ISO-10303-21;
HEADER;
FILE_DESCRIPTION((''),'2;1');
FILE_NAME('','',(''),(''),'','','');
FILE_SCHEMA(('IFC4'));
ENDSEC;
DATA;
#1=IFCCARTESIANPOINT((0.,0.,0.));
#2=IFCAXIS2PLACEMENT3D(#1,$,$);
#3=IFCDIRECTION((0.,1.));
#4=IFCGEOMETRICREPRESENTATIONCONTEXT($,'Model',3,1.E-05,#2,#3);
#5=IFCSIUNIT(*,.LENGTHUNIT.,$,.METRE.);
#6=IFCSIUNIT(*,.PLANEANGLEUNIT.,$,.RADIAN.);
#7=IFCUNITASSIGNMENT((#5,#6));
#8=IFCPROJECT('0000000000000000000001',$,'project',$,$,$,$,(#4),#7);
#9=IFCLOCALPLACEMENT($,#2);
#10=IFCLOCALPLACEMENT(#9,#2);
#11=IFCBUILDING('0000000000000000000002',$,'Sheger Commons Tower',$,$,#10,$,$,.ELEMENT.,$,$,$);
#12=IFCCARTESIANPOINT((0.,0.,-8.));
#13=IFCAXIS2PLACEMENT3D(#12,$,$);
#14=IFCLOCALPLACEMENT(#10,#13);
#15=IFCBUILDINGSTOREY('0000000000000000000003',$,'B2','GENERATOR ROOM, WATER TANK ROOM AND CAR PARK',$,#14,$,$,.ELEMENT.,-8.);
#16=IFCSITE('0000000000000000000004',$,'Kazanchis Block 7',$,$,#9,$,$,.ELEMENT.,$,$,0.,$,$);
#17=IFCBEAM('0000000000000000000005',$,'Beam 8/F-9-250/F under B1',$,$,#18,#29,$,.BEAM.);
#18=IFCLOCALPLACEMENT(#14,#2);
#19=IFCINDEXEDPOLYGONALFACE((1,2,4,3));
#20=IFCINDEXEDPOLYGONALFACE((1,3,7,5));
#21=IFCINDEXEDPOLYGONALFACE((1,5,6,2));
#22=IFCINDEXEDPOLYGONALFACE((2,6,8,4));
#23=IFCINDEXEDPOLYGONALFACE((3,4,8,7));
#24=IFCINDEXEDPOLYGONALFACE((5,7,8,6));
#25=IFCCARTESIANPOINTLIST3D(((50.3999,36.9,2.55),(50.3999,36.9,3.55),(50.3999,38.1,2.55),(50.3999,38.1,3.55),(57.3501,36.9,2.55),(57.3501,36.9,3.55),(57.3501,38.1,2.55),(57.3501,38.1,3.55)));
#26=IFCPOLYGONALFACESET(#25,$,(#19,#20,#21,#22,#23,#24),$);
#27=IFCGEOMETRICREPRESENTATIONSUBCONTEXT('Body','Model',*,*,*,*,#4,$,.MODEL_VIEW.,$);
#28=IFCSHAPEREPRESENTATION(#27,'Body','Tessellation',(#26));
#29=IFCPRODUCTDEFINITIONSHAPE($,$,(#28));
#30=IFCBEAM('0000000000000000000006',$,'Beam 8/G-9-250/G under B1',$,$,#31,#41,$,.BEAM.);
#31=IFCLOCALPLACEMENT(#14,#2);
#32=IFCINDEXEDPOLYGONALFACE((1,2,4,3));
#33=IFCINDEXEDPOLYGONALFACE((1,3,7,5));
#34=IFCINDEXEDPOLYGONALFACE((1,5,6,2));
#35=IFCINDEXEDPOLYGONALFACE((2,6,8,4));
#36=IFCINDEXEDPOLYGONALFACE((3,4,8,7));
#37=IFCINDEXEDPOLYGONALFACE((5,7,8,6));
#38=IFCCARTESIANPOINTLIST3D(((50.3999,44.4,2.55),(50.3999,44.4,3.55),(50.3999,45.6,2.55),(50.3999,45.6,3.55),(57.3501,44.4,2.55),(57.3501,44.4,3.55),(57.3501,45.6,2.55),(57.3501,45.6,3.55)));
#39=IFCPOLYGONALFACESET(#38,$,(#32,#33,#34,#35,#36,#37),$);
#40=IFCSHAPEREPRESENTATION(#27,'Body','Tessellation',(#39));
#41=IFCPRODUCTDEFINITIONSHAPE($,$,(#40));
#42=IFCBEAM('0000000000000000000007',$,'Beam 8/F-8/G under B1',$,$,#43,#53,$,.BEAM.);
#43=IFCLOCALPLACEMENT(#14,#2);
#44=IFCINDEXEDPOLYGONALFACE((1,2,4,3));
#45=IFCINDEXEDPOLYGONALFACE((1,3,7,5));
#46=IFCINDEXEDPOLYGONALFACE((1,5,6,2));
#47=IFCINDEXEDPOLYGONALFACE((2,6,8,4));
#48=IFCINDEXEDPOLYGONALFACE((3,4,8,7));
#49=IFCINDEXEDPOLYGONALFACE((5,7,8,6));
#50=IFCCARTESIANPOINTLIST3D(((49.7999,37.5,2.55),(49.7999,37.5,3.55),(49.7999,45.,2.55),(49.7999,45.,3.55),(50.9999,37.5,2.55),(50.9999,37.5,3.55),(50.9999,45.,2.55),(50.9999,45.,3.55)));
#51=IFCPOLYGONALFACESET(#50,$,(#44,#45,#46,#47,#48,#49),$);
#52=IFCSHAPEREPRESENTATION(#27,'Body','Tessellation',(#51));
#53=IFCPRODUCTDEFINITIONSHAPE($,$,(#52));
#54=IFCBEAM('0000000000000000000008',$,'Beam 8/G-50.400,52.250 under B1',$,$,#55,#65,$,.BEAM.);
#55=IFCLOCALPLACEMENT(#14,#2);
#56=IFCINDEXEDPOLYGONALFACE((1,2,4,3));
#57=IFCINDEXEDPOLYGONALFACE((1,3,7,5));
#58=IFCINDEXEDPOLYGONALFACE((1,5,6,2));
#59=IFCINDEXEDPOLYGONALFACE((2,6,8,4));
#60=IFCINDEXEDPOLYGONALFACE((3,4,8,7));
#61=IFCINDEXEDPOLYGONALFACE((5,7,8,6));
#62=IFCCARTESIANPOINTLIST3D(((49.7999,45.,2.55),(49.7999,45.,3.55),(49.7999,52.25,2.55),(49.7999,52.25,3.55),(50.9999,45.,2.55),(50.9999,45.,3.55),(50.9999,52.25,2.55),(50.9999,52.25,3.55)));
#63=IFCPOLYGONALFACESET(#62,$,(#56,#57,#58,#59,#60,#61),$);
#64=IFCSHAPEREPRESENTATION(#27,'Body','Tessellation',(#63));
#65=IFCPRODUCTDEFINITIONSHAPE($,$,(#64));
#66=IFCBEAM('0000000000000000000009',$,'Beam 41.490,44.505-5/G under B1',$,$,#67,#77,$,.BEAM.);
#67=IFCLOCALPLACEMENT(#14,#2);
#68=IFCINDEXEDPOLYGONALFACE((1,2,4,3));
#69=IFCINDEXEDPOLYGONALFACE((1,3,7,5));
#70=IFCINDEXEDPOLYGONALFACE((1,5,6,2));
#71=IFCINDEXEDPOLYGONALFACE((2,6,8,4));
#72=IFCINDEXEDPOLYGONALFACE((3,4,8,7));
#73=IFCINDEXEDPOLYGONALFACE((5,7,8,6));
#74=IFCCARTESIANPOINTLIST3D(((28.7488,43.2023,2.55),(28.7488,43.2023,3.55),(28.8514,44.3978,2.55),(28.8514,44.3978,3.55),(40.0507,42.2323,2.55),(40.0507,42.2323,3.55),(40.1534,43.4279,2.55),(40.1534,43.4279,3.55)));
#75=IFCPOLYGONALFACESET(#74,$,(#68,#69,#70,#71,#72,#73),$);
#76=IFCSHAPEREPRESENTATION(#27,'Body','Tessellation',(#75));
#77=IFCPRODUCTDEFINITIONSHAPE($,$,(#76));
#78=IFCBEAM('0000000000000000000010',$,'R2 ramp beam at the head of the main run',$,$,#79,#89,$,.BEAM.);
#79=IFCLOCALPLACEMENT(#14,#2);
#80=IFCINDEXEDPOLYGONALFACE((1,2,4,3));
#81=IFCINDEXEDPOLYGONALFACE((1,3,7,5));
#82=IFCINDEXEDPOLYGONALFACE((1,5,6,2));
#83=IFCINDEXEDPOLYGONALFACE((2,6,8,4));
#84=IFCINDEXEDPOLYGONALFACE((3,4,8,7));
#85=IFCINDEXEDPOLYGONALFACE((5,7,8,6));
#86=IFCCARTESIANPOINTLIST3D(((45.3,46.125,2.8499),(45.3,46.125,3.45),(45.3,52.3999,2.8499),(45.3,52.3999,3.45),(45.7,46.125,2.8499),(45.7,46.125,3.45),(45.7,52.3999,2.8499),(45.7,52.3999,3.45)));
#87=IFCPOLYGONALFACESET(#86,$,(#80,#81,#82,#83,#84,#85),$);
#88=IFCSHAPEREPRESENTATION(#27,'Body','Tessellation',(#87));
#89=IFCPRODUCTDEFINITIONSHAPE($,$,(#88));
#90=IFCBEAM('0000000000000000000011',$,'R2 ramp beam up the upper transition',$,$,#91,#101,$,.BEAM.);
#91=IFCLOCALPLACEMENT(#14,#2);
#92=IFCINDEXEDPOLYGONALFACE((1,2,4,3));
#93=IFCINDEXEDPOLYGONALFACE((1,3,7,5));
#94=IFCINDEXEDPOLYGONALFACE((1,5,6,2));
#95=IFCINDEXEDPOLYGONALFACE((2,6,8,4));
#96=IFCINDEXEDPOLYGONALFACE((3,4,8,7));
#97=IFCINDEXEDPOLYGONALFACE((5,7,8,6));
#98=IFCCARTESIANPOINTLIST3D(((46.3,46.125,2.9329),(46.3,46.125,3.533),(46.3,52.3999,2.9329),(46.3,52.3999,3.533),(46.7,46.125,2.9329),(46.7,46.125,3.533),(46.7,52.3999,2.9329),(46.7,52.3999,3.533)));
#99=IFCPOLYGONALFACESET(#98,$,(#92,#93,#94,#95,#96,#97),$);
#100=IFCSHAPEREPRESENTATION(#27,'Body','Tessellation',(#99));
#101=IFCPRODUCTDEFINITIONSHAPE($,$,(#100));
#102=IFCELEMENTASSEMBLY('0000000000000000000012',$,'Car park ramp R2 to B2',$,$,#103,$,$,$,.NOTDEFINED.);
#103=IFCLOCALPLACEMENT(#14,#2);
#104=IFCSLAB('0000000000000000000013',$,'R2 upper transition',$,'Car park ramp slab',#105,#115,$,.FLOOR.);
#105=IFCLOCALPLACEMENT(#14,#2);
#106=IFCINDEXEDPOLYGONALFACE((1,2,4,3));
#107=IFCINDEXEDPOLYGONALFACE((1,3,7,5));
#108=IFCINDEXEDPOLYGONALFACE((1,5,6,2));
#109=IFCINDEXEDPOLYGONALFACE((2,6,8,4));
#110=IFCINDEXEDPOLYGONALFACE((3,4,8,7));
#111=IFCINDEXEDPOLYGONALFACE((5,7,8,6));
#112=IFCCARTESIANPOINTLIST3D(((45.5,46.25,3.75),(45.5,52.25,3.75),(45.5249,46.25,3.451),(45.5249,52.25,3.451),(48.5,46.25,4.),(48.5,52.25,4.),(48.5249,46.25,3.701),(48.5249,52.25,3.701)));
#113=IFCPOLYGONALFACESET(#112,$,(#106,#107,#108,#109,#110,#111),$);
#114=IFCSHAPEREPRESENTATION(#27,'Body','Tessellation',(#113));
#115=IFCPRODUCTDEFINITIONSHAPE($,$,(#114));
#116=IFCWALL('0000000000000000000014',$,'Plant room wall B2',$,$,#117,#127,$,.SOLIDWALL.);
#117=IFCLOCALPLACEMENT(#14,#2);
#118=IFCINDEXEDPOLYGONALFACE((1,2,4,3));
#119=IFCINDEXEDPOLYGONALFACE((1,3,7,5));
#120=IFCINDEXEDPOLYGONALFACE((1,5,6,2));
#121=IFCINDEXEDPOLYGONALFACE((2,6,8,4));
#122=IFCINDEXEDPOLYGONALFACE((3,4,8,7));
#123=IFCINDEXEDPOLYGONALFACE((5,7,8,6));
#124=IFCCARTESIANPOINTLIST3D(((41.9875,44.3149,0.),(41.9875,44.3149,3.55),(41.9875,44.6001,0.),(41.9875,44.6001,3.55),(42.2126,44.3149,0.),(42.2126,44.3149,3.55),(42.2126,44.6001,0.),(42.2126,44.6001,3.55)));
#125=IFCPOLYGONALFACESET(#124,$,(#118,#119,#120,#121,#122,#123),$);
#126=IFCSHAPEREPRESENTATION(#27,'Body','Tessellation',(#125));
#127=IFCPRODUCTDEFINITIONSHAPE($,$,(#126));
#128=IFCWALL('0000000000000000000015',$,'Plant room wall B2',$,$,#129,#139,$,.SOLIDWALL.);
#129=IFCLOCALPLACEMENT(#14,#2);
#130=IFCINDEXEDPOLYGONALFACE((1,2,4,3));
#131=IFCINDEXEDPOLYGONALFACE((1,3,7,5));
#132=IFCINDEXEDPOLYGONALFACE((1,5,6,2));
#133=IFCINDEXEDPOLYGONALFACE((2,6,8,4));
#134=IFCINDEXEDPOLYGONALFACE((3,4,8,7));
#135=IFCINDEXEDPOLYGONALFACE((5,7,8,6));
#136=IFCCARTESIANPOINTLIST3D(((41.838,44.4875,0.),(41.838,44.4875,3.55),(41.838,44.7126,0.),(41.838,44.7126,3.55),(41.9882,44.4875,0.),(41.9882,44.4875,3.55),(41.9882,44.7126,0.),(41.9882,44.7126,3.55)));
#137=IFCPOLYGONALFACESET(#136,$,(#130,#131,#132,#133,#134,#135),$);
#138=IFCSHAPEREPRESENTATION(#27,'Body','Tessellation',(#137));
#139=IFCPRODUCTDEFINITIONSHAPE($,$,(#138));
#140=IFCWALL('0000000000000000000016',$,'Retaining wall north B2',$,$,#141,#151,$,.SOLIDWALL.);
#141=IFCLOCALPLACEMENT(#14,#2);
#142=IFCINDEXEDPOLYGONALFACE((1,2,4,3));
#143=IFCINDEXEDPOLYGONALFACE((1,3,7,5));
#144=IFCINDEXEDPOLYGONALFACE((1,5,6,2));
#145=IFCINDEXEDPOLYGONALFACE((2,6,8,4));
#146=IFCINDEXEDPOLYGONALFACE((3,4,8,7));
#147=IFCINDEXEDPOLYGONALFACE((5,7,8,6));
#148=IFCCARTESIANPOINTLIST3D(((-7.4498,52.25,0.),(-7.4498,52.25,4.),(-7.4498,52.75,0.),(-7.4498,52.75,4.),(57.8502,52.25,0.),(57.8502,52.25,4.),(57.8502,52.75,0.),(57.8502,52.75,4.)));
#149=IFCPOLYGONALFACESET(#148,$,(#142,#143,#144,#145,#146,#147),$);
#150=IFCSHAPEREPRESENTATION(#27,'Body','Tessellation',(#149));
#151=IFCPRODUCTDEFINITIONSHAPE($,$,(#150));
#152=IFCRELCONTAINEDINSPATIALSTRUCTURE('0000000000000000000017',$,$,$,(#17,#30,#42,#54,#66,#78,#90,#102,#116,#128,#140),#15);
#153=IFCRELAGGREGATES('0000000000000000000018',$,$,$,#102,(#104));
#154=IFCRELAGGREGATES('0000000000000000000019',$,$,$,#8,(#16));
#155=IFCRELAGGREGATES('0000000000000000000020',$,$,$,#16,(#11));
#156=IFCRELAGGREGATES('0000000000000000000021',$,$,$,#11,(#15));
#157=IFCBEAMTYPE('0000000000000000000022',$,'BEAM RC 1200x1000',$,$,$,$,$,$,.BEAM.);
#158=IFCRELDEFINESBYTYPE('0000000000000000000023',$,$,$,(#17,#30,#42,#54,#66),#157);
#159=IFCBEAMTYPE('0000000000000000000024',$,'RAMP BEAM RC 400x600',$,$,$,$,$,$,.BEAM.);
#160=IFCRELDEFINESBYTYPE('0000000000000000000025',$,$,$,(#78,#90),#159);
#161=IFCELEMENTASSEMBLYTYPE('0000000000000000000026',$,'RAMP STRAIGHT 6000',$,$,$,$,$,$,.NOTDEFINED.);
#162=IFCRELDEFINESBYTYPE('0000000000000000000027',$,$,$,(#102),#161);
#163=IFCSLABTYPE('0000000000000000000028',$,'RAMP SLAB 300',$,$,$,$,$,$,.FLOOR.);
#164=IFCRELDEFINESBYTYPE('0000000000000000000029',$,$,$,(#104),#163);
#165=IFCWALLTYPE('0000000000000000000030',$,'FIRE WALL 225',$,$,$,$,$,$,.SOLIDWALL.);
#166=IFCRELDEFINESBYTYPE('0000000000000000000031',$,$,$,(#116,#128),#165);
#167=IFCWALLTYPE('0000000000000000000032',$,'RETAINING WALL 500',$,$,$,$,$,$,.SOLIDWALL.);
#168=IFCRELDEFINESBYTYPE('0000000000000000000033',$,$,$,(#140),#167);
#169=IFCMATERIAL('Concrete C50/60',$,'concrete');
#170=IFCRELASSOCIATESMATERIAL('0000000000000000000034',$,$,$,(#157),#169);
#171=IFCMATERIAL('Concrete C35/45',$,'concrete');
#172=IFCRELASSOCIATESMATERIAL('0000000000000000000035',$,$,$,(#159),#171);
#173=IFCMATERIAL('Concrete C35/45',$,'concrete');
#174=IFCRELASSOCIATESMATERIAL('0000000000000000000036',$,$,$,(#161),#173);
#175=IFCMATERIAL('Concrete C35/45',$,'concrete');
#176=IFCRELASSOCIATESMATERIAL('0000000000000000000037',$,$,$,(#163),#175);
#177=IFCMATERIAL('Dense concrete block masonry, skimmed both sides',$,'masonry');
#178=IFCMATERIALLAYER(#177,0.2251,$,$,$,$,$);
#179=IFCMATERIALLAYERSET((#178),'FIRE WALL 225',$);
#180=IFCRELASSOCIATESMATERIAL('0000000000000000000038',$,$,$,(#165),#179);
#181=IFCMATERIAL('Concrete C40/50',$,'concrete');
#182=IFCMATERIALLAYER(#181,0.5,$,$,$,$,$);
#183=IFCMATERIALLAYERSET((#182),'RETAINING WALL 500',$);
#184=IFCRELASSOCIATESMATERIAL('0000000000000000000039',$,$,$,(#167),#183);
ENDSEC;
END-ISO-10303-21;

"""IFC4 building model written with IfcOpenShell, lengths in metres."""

from ifc_helpers import new_model, si_unit, direction, frame, frame_2d, origin, origin_2d, place, context, subcontext, project, spatial, polyline, rectangle, outline, extrude, material, layer, layer_set, material_profile, profile_set, type_object, element, aggregate, save


model = new_model("IFC4")

# Units and contexts
model_context = context("Model", 3, precision=1e-05, world=origin(), true_north=direction((0.0, 1.0)))
body_context = subcontext(model_context, "Body", "Model", "MODEL_VIEW")
ifc_project = project(units=[si_unit("LENGTHUNIT", "METRE"), si_unit("PLANEANGLEUNIT", "RADIAN")], contexts=[model_context])

# Site, building, storey
site_placement = place(None, origin())
site = spatial("IfcSite", under=ifc_project, at=site_placement, Name="Kazanchis Block 7", CompositionType="ELEMENT", RefElevation=0.0)
building_placement = place(site_placement, origin())
building = spatial("IfcBuilding", under=site, at=building_placement, Name="Sheger Commons Tower", CompositionType="ELEMENT")
storey_placement = place(building_placement, frame((0.0, 0.0, -8.0)))
storey = spatial("IfcBuildingStorey", under=building, at=storey_placement, Name="B2", Description="GENERATOR ROOM, WATER TANK ROOM AND CAR PARK", CompositionType="ELEMENT", Elevation=-8.0)

# Beams
ifc_material_1 = material(Name="Concrete C50/60", Category="concrete")
ifc_material_profile_1 = material_profile(ifc_material_1, rectangle(XDim=1.2, YDim=1.0, at=origin_2d()), Name="RC 1200x1000")
ifc_profile_set_1 = profile_set([ifc_material_profile_1], Name="Concrete C50/60")
beam_type_1 = type_object("IfcBeamType", Name="BEAM RC 1200x1000", PredefinedType="BEAM", material=ifc_profile_set_1)
for number, where, z_axis, x_axis, name in (
    (1, (50.3999, 37.5, 3.05), (1.0, 0.0, 0.0), (0.0, 1.0, 0.0), "Beam 8/F-9-250/F under B1"),
    (2, (50.3999, 45.0, 3.05), (1.0, 0.0, 0.0), (0.0, 1.0, 0.0), "Beam 8/G-9-250/G under B1"),
):
    element("IfcBeam", number, at=place(storey_placement, frame(where, z_axis=z_axis, x_axis=x_axis)), inside=storey, type_object=beam_type_1, Name=name, PredefinedType="BEAM", context=body_context, shape_type="SweptSolid", body=[
        extrude(rectangle(XDim=1.2, YDim=1.0, at=origin_2d()), origin(), (0.0, 0.0, 1.0), 6.9502),
    ])
beam_1_placement = place(storey_placement, frame((50.3999, 37.5, 3.05), z_axis=(0.0, 1.0, 0.0), x_axis=(-1.0, 0.0, 0.0)))
element("IfcBeam", 3, at=beam_1_placement, inside=storey, type_object=beam_type_1, Name="Beam 8/F-8/G under B1", PredefinedType="BEAM", context=body_context, shape_type="SweptSolid", body=[
    extrude(rectangle(XDim=1.2, YDim=1.0, at=origin_2d()), origin(), (0.0, 0.0, 1.0), 7.5),
])
beam_2_placement = place(storey_placement, frame((50.3999, 45.0, 3.05), z_axis=(0.0, 1.0, 0.0), x_axis=(-1.0, 0.0, 0.0)))
element("IfcBeam", 4, at=beam_2_placement, inside=storey, type_object=beam_type_1, Name="Beam 8/G-50.400,52.250 under B1", PredefinedType="BEAM", context=body_context, shape_type="SweptSolid", body=[
    extrude(rectangle(XDim=1.2, YDim=1.0, at=origin_2d()), origin(), (0.0, 0.0, 1.0), 7.25),
])
beam_3_placement = place(storey_placement, frame((40.1021, 42.8301, 3.05), z_axis=(-0.996337, 0.085509, 0.0), x_axis=(-0.085509, -0.996337, 0.0)))
element("IfcBeam", 5, at=beam_3_placement, inside=storey, type_object=beam_type_1, Name="Beam 41.490,44.505-5/G under B1", PredefinedType="BEAM", context=body_context, shape_type="SweptSolid", body=[
    extrude(rectangle(XDim=1.2, YDim=1.0, at=origin_2d()), origin(), (0.0, 0.0, 1.0), 11.3435),
])
ifc_material_2 = material(Name="Concrete C35/45", Category="concrete")
ifc_material_profile_2 = material_profile(ifc_material_2, rectangle(XDim=0.3999, YDim=0.6001, at=origin_2d()), Name="RC 400x600")
ifc_profile_set_2 = profile_set([ifc_material_profile_2], Name="Concrete C35/45")
beam_type_2 = type_object("IfcBeamType", Name="RAMP BEAM RC 400x600", PredefinedType="BEAM", material=ifc_profile_set_2)
for number, where, z_axis, x_axis, name in (
    (6, (45.5, 52.3999, 3.1499), (0.0, -1.0, 0.0), (1.0, 0.0, 0.0), "R2 ramp beam at the head of the main run"),
    (7, (46.5, 52.3999, 3.2329), (0.0, -1.0, 0.0), (1.0, 0.0, 0.0), "R2 ramp beam up the upper transition"),
):
    element("IfcBeam", number, at=place(storey_placement, frame(where, z_axis=z_axis, x_axis=x_axis)), inside=storey, type_object=beam_type_2, Name=name, PredefinedType="BEAM", context=body_context, shape_type="SweptSolid", body=[
        extrude(rectangle(XDim=0.3999, YDim=0.6001, at=origin_2d()), origin(), (0.0, 0.0, 1.0), 6.2749),
    ])

# Element assembly, slab
ifc_material_3 = material(Name="Concrete C35/45", Category="concrete")
element_assembly_type = type_object("IfcElementAssemblyType", Name="RAMP STRAIGHT 6000", PredefinedType="NOTDEFINED", material=ifc_material_3)
assembly_placement = place(storey_placement, origin())
assembly = element("IfcElementAssembly", 8, at=assembly_placement, inside=storey, type_object=element_assembly_type, Name="Car park ramp R2 to B2", PredefinedType="NOTDEFINED")
ifc_material_4 = material(Name="Concrete C35/45", Category="concrete")
slab_type = type_object("IfcSlabType", Name="RAMP SLAB 300", PredefinedType="FLOOR", material=ifc_material_4)
slab_placement = place(storey_placement, frame((45.5, 46.25, 3.75), z_axis=(-0.083045, 0.0, 0.996546), x_axis=(0.0, 1.0, 0.0)))
slab = element("IfcSlab", 9, at=slab_placement, type_object=slab_type, Name="R2 upper transition", ObjectType="Car park ramp slab", PredefinedType="FLOOR", context=body_context, shape_type="SweptSolid", body=[
    extrude(outline(polyline([(0.0, 0.0), (6.0, 0.0), (6.0, -3.0104), (0.0, -3.0104), (0.0, 0.0)])), origin(), (0.0, 0.0, -1.0), 0.3),
])
aggregate(assembly, [slab])

# Walls
ifc_material_5 = material(Name="Dense concrete block masonry, skimmed both sides", Category="masonry")
ifc_layer_1 = layer(ifc_material_5, 0.2251)
ifc_layer_set_1 = layer_set([ifc_layer_1], Name="FIRE WALL 225")
wall_type_1 = type_object("IfcWallType", Name="FIRE WALL 225", PredefinedType="SOLIDWALL", material=ifc_layer_set_1)
wall_1_placement = place(storey_placement, frame((42.1001, 44.3149, 0.0), z_axis=(0.0, 0.0, 1.0), x_axis=(0.0, 1.0, 0.0)))
element("IfcWall", 10, at=wall_1_placement, inside=storey, type_object=wall_type_1, Name="Plant room wall B2", PredefinedType="SOLIDWALL", context=body_context, shape_type="SweptSolid", body=[
    extrude(rectangle(XDim=0.2852, YDim=0.2251, at=frame_2d((0.1426, 0.0))), origin(), (0.0, 0.0, 1.0), 3.55),
])
wall_2_placement = place(storey_placement, frame((41.8379, 44.6001, 0.0), z_axis=(0.0, 0.0, 1.0), x_axis=(1.0, 0.0, 0.0)))
element("IfcWall", 11, at=wall_2_placement, inside=storey, type_object=wall_type_1, Name="Plant room wall B2", PredefinedType="SOLIDWALL", context=body_context, shape_type="SweptSolid", body=[
    extrude(rectangle(XDim=0.1501, YDim=0.2251, at=frame_2d((0.0752, 0.0))), origin(), (0.0, 0.0, 1.0), 3.55),
])
ifc_material_6 = material(Name="Concrete C40/50", Category="concrete")
ifc_layer_2 = layer(ifc_material_6, 0.5)
ifc_layer_set_2 = layer_set([ifc_layer_2], Name="RETAINING WALL 500")
wall_type_2 = type_object("IfcWallType", Name="RETAINING WALL 500", PredefinedType="SOLIDWALL", material=ifc_layer_set_2)
wall_3_placement = place(storey_placement, frame((57.8501, 52.5, 0.0), z_axis=(0.0, 0.0, 1.0), x_axis=(-1.0, 0.0, 0.0)))
element("IfcWall", 12, at=wall_3_placement, inside=storey, type_object=wall_type_2, Name="Retaining wall north B2", PredefinedType="SOLIDWALL", context=body_context, shape_type="SweptSolid", body=[
    extrude(rectangle(XDim=65.3, YDim=0.5, at=frame_2d((32.6499, 0.0))), origin(), (0.0, 0.0, 1.0), 4.0),
])

save(model, "model.ifc")
